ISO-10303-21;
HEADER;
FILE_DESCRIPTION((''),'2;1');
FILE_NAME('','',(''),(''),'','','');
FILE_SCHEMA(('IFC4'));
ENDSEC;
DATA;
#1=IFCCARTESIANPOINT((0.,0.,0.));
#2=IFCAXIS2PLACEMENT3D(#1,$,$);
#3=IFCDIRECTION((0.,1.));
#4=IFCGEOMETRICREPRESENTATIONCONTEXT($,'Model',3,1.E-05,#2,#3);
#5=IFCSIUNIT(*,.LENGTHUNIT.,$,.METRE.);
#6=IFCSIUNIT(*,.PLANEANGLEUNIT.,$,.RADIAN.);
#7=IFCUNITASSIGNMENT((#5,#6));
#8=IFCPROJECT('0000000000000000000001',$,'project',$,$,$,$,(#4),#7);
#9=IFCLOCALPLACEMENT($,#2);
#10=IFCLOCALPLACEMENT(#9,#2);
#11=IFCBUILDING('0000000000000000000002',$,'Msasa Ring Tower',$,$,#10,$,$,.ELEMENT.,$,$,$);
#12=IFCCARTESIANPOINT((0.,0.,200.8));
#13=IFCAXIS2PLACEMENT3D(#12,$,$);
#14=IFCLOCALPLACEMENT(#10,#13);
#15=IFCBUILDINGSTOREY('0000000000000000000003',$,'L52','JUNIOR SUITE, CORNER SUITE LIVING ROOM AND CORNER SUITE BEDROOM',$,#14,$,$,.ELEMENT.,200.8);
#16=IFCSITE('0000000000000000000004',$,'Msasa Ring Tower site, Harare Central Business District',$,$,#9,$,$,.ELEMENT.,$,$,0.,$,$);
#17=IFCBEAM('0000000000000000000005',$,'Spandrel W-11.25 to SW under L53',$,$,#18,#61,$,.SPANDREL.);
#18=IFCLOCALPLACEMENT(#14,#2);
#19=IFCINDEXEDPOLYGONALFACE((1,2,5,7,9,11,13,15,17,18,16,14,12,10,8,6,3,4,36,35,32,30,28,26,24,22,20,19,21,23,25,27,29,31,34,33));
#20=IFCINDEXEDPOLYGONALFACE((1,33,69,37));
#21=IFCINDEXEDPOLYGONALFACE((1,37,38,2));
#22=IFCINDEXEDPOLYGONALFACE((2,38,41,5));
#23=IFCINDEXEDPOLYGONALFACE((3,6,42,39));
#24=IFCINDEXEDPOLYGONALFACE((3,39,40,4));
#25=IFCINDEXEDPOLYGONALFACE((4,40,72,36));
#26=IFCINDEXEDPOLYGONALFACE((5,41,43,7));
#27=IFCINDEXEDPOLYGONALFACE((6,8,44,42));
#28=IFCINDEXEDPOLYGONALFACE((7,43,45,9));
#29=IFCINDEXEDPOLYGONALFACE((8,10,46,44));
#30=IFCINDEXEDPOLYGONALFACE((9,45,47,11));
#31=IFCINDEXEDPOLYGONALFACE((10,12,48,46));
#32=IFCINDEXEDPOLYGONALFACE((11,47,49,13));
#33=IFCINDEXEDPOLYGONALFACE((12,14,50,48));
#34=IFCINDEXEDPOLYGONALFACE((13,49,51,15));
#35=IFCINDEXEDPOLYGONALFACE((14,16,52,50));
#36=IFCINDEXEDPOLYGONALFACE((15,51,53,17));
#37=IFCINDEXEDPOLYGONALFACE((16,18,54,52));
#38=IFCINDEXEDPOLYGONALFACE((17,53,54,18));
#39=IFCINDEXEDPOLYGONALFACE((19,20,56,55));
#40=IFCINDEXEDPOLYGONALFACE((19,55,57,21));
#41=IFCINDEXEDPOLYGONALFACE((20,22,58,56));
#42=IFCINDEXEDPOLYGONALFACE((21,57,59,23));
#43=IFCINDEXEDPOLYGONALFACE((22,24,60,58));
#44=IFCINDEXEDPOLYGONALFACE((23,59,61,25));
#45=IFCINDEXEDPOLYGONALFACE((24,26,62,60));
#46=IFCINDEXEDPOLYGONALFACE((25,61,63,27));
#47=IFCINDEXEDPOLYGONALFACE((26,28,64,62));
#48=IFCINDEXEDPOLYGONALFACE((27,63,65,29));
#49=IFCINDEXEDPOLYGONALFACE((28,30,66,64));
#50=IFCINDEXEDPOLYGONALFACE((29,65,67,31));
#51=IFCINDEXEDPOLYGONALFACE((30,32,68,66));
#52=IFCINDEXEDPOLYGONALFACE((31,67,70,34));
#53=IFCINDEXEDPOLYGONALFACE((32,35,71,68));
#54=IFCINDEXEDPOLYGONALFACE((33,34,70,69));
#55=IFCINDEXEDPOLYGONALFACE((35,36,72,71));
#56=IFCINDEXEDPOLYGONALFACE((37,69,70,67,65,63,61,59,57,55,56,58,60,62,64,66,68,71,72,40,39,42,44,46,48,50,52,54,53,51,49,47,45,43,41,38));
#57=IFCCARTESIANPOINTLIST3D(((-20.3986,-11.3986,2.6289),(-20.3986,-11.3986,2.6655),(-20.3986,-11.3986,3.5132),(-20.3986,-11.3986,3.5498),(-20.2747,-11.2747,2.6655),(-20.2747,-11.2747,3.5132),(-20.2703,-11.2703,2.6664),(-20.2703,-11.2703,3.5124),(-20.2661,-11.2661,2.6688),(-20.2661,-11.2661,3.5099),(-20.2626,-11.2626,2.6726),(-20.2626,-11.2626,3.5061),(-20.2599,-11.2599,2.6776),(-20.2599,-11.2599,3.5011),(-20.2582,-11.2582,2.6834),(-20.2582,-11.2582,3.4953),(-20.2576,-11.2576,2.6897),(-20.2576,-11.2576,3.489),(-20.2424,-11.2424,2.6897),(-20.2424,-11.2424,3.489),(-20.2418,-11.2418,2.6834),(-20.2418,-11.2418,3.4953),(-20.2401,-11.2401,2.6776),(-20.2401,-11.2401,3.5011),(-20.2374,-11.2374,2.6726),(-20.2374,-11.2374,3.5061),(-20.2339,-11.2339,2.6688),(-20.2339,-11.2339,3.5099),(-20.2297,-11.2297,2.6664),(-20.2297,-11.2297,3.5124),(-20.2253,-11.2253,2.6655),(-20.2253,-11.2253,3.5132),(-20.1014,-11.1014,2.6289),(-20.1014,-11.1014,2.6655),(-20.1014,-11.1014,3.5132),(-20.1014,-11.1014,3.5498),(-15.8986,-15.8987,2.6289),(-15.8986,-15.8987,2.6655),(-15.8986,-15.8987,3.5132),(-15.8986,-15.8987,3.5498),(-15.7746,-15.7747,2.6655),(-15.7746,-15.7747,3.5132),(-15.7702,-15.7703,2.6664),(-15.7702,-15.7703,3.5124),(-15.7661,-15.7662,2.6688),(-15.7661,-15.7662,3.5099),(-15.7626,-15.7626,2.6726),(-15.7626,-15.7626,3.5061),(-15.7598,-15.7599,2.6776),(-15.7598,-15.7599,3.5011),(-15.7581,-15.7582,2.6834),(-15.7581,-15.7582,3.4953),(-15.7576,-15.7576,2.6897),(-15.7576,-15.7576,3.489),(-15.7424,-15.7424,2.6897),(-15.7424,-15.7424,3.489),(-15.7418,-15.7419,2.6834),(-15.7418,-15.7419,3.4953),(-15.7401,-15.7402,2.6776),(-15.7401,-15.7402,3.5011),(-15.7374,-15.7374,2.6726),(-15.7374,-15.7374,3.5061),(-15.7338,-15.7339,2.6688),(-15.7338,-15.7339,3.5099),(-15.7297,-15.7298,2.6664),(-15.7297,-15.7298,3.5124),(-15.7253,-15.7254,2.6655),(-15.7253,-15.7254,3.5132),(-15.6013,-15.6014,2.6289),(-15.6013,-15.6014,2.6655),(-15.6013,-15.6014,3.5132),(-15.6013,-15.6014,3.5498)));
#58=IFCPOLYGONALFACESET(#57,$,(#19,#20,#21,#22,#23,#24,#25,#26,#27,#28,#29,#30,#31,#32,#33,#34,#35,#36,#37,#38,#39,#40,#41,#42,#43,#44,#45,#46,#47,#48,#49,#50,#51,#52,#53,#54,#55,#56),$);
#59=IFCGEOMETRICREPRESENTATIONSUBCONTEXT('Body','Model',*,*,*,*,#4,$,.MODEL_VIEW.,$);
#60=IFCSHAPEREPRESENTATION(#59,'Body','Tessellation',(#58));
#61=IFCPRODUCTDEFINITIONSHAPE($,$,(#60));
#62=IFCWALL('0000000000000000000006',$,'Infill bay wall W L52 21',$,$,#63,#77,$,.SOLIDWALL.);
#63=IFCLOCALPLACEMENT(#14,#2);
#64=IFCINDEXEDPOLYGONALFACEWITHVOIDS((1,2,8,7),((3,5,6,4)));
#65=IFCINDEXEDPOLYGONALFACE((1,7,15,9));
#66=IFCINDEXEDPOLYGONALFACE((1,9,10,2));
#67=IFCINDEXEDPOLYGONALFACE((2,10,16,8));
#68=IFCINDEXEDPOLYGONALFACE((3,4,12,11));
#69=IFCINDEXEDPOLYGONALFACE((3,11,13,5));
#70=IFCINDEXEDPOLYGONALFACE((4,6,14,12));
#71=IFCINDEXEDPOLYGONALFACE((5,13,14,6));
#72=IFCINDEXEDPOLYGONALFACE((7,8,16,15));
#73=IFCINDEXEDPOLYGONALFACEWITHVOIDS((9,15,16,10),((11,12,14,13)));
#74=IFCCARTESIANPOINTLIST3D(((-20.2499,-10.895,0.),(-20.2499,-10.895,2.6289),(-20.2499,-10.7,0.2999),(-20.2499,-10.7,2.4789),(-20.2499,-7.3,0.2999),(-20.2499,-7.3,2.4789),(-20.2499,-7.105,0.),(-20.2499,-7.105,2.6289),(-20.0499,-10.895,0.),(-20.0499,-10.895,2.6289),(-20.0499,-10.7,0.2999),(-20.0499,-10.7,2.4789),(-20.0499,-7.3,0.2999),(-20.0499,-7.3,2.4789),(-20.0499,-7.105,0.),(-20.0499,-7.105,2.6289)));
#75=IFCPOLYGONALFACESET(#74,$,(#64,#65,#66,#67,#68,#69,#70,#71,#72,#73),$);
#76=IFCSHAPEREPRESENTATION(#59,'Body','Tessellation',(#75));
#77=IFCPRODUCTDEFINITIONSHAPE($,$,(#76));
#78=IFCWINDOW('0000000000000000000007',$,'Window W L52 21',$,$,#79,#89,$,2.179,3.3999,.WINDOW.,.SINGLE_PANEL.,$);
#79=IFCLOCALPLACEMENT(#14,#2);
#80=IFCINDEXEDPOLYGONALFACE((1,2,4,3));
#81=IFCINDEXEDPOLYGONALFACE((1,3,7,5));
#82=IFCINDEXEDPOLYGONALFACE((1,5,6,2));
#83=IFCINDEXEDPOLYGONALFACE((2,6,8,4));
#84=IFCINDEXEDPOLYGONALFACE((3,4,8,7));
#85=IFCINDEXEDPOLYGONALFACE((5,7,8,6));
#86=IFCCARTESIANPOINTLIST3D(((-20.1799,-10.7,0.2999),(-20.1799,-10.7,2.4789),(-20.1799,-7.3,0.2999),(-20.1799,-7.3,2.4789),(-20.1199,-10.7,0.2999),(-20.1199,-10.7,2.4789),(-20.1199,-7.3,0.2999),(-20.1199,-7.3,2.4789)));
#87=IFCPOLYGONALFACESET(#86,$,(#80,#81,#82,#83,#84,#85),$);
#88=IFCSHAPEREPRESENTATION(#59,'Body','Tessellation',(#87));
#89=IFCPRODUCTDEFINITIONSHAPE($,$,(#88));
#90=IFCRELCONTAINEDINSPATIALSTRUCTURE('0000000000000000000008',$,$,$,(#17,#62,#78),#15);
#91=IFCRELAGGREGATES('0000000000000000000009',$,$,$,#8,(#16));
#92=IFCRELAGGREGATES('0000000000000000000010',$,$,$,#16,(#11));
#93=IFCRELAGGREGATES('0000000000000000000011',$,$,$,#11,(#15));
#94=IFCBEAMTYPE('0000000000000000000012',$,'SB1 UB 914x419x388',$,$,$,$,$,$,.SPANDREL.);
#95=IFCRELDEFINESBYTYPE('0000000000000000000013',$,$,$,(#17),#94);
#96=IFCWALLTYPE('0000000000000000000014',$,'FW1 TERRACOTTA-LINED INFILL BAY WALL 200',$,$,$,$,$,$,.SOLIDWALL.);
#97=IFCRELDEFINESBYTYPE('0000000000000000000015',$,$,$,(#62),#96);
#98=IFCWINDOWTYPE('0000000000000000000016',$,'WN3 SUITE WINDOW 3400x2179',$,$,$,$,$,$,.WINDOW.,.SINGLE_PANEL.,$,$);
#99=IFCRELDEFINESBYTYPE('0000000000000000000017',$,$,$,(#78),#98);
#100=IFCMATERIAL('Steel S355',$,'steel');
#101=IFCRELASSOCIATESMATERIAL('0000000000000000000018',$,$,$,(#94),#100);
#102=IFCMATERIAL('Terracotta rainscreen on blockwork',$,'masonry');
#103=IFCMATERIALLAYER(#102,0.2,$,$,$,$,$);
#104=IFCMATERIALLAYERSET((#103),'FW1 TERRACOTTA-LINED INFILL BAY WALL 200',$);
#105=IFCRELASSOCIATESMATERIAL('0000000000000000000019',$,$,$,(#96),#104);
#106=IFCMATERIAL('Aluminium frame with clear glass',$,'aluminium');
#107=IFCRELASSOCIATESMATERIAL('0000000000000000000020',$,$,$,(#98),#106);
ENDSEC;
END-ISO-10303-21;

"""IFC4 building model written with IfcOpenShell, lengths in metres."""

from ifc_helpers import new_model, si_unit, direction, frame, frame_2d, origin, origin_2d, place, context, subcontext, project, spatial, rectangle, i_section, extrude, material, layer, layer_set, material_profile, profile_set, type_object, element, fill, save


model = new_model("IFC4")

# Units and contexts
model_context = context("Model", 3, precision=1e-05, world=origin(), true_north=direction((0.0, 1.0)))
body_context = subcontext(model_context, "Body", "Model", "MODEL_VIEW")
ifc_project = project(units=[si_unit("LENGTHUNIT", "METRE"), si_unit("PLANEANGLEUNIT", "RADIAN")], contexts=[model_context])

# Site, building, storey
site_placement = place(None, origin())
site = spatial("IfcSite", under=ifc_project, at=site_placement, Name="Msasa Ring Tower site, Harare Central Business District", CompositionType="ELEMENT", RefElevation=0.0)
building_placement = place(site_placement, origin())
building = spatial("IfcBuilding", under=site, at=building_placement, Name="Msasa Ring Tower", CompositionType="ELEMENT")
storey_placement = place(building_placement, frame((0.0, 0.0, 200.8)))
storey = spatial("IfcBuildingStorey", under=building, at=storey_placement, Name="L52", Description="JUNIOR SUITE, CORNER SUITE LIVING ROOM AND CORNER SUITE BEDROOM", CompositionType="ELEMENT", Elevation=200.8)

# Beam
ifc_material_1 = material(Name="Steel S355", Category="steel")
ifc_material_profile_1 = material_profile(ifc_material_1, i_section(OverallWidth=0.4204, OverallDepth=0.9209, WebThickness=0.0215, FlangeThickness=0.0366, FilletRadius=0.0242, at=origin_2d()), Name="UB 914x419x388")
ifc_profile_set_1 = profile_set([ifc_material_profile_1], Name="Steel S355")
beam_type_1 = type_object("IfcBeamType", Name="SB1 UB 914x419x388", PredefinedType="SPANDREL", material=ifc_profile_set_1)
beam_1_placement = place(storey_placement, frame((-20.25, -11.25, 3.0894), z_axis=(0.707107, -0.707107, 0.0), x_axis=(0.707107, 0.707107, 0.0)))
element("IfcBeam", 1, at=beam_1_placement, inside=storey, type_object=beam_type_1, Name="Spandrel W-11.25 to SW under L53", PredefinedType="SPANDREL", context=body_context, shape_type="SweptSolid", body=[
    extrude(i_section(OverallWidth=0.4204, OverallDepth=0.9209, WebThickness=0.0215, FlangeThickness=0.0366, FilletRadius=0.0242, at=origin_2d()), origin(), (0.0, 0.0, 1.0), 6.364),
])

# Wall, opening, window
ifc_material_2 = material(Name="Terracotta rainscreen on blockwork", Category="masonry")
ifc_layer_1 = layer(ifc_material_2, 0.2)
ifc_layer_set_1 = layer_set([ifc_layer_1], Name="FW1 TERRACOTTA-LINED INFILL BAY WALL 200")
wall_type_1 = type_object("IfcWallType", Name="FW1 TERRACOTTA-LINED INFILL BAY WALL 200", PredefinedType="SOLIDWALL", material=ifc_layer_set_1)
wall_1_placement = place(storey_placement, frame((-20.1499, -10.895, 0.0), z_axis=(0.0, 0.0, 1.0), x_axis=(0.0, 1.0, 0.0)))
wall_1 = element("IfcWall", 2, at=wall_1_placement, inside=storey, type_object=wall_type_1, Name="Infill bay wall W L52 21", PredefinedType="SOLIDWALL", context=body_context, shape_type="SweptSolid", body=[
    extrude(rectangle(XDim=3.79, YDim=0.2, at=frame_2d((1.895, 0.0))), origin(), (0.0, 0.0, 1.0), 2.6289),
])
opening_1_placement = place(wall_1_placement, frame((0.1951, 0.0, 0.3)))
opening_1 = element("IfcOpeningElement", 3, at=opening_1_placement, cuts=wall_1, PredefinedType="OPENING", context=body_context, shape_type="SweptSolid", body=[
    extrude(rectangle(XDim=3.3999, YDim=2.179, at=frame_2d((1.7, 1.0894))), frame((0.0, 0.1099, 0.0), z_axis=(0.0, -1.0, 0.0), x_axis=(1.0, 0.0, 0.0)), (0.0, 0.0, 1.0), 0.22),
])
ifc_material_3 = material(Name="Aluminium frame with clear glass", Category="aluminium")
window_type = type_object("IfcWindowType", Name="WN3 SUITE WINDOW 3400x2179", PartitioningType="SINGLE_PANEL", PredefinedType="WINDOW", material=ifc_material_3)
window_placement = place(opening_1_placement, origin())
window = element("IfcWindow", 4, at=window_placement, inside=storey, type_object=window_type, Name="Window W L52 21", OverallHeight=2.179, OverallWidth=3.3999, PartitioningType="SINGLE_PANEL", PredefinedType="WINDOW", context=body_context, shape_type="SweptSolid", body=[
    extrude(rectangle(XDim=3.3999, YDim=2.179, at=frame_2d((1.7, 1.0894))), frame((0.0, 0.03, 0.0), z_axis=(0.0, -1.0, 0.0), x_axis=(1.0, 0.0, 0.0)), (0.0, 0.0, 1.0), 0.0601),
])
fill(opening_1, window)

save(model, "model.ifc")
